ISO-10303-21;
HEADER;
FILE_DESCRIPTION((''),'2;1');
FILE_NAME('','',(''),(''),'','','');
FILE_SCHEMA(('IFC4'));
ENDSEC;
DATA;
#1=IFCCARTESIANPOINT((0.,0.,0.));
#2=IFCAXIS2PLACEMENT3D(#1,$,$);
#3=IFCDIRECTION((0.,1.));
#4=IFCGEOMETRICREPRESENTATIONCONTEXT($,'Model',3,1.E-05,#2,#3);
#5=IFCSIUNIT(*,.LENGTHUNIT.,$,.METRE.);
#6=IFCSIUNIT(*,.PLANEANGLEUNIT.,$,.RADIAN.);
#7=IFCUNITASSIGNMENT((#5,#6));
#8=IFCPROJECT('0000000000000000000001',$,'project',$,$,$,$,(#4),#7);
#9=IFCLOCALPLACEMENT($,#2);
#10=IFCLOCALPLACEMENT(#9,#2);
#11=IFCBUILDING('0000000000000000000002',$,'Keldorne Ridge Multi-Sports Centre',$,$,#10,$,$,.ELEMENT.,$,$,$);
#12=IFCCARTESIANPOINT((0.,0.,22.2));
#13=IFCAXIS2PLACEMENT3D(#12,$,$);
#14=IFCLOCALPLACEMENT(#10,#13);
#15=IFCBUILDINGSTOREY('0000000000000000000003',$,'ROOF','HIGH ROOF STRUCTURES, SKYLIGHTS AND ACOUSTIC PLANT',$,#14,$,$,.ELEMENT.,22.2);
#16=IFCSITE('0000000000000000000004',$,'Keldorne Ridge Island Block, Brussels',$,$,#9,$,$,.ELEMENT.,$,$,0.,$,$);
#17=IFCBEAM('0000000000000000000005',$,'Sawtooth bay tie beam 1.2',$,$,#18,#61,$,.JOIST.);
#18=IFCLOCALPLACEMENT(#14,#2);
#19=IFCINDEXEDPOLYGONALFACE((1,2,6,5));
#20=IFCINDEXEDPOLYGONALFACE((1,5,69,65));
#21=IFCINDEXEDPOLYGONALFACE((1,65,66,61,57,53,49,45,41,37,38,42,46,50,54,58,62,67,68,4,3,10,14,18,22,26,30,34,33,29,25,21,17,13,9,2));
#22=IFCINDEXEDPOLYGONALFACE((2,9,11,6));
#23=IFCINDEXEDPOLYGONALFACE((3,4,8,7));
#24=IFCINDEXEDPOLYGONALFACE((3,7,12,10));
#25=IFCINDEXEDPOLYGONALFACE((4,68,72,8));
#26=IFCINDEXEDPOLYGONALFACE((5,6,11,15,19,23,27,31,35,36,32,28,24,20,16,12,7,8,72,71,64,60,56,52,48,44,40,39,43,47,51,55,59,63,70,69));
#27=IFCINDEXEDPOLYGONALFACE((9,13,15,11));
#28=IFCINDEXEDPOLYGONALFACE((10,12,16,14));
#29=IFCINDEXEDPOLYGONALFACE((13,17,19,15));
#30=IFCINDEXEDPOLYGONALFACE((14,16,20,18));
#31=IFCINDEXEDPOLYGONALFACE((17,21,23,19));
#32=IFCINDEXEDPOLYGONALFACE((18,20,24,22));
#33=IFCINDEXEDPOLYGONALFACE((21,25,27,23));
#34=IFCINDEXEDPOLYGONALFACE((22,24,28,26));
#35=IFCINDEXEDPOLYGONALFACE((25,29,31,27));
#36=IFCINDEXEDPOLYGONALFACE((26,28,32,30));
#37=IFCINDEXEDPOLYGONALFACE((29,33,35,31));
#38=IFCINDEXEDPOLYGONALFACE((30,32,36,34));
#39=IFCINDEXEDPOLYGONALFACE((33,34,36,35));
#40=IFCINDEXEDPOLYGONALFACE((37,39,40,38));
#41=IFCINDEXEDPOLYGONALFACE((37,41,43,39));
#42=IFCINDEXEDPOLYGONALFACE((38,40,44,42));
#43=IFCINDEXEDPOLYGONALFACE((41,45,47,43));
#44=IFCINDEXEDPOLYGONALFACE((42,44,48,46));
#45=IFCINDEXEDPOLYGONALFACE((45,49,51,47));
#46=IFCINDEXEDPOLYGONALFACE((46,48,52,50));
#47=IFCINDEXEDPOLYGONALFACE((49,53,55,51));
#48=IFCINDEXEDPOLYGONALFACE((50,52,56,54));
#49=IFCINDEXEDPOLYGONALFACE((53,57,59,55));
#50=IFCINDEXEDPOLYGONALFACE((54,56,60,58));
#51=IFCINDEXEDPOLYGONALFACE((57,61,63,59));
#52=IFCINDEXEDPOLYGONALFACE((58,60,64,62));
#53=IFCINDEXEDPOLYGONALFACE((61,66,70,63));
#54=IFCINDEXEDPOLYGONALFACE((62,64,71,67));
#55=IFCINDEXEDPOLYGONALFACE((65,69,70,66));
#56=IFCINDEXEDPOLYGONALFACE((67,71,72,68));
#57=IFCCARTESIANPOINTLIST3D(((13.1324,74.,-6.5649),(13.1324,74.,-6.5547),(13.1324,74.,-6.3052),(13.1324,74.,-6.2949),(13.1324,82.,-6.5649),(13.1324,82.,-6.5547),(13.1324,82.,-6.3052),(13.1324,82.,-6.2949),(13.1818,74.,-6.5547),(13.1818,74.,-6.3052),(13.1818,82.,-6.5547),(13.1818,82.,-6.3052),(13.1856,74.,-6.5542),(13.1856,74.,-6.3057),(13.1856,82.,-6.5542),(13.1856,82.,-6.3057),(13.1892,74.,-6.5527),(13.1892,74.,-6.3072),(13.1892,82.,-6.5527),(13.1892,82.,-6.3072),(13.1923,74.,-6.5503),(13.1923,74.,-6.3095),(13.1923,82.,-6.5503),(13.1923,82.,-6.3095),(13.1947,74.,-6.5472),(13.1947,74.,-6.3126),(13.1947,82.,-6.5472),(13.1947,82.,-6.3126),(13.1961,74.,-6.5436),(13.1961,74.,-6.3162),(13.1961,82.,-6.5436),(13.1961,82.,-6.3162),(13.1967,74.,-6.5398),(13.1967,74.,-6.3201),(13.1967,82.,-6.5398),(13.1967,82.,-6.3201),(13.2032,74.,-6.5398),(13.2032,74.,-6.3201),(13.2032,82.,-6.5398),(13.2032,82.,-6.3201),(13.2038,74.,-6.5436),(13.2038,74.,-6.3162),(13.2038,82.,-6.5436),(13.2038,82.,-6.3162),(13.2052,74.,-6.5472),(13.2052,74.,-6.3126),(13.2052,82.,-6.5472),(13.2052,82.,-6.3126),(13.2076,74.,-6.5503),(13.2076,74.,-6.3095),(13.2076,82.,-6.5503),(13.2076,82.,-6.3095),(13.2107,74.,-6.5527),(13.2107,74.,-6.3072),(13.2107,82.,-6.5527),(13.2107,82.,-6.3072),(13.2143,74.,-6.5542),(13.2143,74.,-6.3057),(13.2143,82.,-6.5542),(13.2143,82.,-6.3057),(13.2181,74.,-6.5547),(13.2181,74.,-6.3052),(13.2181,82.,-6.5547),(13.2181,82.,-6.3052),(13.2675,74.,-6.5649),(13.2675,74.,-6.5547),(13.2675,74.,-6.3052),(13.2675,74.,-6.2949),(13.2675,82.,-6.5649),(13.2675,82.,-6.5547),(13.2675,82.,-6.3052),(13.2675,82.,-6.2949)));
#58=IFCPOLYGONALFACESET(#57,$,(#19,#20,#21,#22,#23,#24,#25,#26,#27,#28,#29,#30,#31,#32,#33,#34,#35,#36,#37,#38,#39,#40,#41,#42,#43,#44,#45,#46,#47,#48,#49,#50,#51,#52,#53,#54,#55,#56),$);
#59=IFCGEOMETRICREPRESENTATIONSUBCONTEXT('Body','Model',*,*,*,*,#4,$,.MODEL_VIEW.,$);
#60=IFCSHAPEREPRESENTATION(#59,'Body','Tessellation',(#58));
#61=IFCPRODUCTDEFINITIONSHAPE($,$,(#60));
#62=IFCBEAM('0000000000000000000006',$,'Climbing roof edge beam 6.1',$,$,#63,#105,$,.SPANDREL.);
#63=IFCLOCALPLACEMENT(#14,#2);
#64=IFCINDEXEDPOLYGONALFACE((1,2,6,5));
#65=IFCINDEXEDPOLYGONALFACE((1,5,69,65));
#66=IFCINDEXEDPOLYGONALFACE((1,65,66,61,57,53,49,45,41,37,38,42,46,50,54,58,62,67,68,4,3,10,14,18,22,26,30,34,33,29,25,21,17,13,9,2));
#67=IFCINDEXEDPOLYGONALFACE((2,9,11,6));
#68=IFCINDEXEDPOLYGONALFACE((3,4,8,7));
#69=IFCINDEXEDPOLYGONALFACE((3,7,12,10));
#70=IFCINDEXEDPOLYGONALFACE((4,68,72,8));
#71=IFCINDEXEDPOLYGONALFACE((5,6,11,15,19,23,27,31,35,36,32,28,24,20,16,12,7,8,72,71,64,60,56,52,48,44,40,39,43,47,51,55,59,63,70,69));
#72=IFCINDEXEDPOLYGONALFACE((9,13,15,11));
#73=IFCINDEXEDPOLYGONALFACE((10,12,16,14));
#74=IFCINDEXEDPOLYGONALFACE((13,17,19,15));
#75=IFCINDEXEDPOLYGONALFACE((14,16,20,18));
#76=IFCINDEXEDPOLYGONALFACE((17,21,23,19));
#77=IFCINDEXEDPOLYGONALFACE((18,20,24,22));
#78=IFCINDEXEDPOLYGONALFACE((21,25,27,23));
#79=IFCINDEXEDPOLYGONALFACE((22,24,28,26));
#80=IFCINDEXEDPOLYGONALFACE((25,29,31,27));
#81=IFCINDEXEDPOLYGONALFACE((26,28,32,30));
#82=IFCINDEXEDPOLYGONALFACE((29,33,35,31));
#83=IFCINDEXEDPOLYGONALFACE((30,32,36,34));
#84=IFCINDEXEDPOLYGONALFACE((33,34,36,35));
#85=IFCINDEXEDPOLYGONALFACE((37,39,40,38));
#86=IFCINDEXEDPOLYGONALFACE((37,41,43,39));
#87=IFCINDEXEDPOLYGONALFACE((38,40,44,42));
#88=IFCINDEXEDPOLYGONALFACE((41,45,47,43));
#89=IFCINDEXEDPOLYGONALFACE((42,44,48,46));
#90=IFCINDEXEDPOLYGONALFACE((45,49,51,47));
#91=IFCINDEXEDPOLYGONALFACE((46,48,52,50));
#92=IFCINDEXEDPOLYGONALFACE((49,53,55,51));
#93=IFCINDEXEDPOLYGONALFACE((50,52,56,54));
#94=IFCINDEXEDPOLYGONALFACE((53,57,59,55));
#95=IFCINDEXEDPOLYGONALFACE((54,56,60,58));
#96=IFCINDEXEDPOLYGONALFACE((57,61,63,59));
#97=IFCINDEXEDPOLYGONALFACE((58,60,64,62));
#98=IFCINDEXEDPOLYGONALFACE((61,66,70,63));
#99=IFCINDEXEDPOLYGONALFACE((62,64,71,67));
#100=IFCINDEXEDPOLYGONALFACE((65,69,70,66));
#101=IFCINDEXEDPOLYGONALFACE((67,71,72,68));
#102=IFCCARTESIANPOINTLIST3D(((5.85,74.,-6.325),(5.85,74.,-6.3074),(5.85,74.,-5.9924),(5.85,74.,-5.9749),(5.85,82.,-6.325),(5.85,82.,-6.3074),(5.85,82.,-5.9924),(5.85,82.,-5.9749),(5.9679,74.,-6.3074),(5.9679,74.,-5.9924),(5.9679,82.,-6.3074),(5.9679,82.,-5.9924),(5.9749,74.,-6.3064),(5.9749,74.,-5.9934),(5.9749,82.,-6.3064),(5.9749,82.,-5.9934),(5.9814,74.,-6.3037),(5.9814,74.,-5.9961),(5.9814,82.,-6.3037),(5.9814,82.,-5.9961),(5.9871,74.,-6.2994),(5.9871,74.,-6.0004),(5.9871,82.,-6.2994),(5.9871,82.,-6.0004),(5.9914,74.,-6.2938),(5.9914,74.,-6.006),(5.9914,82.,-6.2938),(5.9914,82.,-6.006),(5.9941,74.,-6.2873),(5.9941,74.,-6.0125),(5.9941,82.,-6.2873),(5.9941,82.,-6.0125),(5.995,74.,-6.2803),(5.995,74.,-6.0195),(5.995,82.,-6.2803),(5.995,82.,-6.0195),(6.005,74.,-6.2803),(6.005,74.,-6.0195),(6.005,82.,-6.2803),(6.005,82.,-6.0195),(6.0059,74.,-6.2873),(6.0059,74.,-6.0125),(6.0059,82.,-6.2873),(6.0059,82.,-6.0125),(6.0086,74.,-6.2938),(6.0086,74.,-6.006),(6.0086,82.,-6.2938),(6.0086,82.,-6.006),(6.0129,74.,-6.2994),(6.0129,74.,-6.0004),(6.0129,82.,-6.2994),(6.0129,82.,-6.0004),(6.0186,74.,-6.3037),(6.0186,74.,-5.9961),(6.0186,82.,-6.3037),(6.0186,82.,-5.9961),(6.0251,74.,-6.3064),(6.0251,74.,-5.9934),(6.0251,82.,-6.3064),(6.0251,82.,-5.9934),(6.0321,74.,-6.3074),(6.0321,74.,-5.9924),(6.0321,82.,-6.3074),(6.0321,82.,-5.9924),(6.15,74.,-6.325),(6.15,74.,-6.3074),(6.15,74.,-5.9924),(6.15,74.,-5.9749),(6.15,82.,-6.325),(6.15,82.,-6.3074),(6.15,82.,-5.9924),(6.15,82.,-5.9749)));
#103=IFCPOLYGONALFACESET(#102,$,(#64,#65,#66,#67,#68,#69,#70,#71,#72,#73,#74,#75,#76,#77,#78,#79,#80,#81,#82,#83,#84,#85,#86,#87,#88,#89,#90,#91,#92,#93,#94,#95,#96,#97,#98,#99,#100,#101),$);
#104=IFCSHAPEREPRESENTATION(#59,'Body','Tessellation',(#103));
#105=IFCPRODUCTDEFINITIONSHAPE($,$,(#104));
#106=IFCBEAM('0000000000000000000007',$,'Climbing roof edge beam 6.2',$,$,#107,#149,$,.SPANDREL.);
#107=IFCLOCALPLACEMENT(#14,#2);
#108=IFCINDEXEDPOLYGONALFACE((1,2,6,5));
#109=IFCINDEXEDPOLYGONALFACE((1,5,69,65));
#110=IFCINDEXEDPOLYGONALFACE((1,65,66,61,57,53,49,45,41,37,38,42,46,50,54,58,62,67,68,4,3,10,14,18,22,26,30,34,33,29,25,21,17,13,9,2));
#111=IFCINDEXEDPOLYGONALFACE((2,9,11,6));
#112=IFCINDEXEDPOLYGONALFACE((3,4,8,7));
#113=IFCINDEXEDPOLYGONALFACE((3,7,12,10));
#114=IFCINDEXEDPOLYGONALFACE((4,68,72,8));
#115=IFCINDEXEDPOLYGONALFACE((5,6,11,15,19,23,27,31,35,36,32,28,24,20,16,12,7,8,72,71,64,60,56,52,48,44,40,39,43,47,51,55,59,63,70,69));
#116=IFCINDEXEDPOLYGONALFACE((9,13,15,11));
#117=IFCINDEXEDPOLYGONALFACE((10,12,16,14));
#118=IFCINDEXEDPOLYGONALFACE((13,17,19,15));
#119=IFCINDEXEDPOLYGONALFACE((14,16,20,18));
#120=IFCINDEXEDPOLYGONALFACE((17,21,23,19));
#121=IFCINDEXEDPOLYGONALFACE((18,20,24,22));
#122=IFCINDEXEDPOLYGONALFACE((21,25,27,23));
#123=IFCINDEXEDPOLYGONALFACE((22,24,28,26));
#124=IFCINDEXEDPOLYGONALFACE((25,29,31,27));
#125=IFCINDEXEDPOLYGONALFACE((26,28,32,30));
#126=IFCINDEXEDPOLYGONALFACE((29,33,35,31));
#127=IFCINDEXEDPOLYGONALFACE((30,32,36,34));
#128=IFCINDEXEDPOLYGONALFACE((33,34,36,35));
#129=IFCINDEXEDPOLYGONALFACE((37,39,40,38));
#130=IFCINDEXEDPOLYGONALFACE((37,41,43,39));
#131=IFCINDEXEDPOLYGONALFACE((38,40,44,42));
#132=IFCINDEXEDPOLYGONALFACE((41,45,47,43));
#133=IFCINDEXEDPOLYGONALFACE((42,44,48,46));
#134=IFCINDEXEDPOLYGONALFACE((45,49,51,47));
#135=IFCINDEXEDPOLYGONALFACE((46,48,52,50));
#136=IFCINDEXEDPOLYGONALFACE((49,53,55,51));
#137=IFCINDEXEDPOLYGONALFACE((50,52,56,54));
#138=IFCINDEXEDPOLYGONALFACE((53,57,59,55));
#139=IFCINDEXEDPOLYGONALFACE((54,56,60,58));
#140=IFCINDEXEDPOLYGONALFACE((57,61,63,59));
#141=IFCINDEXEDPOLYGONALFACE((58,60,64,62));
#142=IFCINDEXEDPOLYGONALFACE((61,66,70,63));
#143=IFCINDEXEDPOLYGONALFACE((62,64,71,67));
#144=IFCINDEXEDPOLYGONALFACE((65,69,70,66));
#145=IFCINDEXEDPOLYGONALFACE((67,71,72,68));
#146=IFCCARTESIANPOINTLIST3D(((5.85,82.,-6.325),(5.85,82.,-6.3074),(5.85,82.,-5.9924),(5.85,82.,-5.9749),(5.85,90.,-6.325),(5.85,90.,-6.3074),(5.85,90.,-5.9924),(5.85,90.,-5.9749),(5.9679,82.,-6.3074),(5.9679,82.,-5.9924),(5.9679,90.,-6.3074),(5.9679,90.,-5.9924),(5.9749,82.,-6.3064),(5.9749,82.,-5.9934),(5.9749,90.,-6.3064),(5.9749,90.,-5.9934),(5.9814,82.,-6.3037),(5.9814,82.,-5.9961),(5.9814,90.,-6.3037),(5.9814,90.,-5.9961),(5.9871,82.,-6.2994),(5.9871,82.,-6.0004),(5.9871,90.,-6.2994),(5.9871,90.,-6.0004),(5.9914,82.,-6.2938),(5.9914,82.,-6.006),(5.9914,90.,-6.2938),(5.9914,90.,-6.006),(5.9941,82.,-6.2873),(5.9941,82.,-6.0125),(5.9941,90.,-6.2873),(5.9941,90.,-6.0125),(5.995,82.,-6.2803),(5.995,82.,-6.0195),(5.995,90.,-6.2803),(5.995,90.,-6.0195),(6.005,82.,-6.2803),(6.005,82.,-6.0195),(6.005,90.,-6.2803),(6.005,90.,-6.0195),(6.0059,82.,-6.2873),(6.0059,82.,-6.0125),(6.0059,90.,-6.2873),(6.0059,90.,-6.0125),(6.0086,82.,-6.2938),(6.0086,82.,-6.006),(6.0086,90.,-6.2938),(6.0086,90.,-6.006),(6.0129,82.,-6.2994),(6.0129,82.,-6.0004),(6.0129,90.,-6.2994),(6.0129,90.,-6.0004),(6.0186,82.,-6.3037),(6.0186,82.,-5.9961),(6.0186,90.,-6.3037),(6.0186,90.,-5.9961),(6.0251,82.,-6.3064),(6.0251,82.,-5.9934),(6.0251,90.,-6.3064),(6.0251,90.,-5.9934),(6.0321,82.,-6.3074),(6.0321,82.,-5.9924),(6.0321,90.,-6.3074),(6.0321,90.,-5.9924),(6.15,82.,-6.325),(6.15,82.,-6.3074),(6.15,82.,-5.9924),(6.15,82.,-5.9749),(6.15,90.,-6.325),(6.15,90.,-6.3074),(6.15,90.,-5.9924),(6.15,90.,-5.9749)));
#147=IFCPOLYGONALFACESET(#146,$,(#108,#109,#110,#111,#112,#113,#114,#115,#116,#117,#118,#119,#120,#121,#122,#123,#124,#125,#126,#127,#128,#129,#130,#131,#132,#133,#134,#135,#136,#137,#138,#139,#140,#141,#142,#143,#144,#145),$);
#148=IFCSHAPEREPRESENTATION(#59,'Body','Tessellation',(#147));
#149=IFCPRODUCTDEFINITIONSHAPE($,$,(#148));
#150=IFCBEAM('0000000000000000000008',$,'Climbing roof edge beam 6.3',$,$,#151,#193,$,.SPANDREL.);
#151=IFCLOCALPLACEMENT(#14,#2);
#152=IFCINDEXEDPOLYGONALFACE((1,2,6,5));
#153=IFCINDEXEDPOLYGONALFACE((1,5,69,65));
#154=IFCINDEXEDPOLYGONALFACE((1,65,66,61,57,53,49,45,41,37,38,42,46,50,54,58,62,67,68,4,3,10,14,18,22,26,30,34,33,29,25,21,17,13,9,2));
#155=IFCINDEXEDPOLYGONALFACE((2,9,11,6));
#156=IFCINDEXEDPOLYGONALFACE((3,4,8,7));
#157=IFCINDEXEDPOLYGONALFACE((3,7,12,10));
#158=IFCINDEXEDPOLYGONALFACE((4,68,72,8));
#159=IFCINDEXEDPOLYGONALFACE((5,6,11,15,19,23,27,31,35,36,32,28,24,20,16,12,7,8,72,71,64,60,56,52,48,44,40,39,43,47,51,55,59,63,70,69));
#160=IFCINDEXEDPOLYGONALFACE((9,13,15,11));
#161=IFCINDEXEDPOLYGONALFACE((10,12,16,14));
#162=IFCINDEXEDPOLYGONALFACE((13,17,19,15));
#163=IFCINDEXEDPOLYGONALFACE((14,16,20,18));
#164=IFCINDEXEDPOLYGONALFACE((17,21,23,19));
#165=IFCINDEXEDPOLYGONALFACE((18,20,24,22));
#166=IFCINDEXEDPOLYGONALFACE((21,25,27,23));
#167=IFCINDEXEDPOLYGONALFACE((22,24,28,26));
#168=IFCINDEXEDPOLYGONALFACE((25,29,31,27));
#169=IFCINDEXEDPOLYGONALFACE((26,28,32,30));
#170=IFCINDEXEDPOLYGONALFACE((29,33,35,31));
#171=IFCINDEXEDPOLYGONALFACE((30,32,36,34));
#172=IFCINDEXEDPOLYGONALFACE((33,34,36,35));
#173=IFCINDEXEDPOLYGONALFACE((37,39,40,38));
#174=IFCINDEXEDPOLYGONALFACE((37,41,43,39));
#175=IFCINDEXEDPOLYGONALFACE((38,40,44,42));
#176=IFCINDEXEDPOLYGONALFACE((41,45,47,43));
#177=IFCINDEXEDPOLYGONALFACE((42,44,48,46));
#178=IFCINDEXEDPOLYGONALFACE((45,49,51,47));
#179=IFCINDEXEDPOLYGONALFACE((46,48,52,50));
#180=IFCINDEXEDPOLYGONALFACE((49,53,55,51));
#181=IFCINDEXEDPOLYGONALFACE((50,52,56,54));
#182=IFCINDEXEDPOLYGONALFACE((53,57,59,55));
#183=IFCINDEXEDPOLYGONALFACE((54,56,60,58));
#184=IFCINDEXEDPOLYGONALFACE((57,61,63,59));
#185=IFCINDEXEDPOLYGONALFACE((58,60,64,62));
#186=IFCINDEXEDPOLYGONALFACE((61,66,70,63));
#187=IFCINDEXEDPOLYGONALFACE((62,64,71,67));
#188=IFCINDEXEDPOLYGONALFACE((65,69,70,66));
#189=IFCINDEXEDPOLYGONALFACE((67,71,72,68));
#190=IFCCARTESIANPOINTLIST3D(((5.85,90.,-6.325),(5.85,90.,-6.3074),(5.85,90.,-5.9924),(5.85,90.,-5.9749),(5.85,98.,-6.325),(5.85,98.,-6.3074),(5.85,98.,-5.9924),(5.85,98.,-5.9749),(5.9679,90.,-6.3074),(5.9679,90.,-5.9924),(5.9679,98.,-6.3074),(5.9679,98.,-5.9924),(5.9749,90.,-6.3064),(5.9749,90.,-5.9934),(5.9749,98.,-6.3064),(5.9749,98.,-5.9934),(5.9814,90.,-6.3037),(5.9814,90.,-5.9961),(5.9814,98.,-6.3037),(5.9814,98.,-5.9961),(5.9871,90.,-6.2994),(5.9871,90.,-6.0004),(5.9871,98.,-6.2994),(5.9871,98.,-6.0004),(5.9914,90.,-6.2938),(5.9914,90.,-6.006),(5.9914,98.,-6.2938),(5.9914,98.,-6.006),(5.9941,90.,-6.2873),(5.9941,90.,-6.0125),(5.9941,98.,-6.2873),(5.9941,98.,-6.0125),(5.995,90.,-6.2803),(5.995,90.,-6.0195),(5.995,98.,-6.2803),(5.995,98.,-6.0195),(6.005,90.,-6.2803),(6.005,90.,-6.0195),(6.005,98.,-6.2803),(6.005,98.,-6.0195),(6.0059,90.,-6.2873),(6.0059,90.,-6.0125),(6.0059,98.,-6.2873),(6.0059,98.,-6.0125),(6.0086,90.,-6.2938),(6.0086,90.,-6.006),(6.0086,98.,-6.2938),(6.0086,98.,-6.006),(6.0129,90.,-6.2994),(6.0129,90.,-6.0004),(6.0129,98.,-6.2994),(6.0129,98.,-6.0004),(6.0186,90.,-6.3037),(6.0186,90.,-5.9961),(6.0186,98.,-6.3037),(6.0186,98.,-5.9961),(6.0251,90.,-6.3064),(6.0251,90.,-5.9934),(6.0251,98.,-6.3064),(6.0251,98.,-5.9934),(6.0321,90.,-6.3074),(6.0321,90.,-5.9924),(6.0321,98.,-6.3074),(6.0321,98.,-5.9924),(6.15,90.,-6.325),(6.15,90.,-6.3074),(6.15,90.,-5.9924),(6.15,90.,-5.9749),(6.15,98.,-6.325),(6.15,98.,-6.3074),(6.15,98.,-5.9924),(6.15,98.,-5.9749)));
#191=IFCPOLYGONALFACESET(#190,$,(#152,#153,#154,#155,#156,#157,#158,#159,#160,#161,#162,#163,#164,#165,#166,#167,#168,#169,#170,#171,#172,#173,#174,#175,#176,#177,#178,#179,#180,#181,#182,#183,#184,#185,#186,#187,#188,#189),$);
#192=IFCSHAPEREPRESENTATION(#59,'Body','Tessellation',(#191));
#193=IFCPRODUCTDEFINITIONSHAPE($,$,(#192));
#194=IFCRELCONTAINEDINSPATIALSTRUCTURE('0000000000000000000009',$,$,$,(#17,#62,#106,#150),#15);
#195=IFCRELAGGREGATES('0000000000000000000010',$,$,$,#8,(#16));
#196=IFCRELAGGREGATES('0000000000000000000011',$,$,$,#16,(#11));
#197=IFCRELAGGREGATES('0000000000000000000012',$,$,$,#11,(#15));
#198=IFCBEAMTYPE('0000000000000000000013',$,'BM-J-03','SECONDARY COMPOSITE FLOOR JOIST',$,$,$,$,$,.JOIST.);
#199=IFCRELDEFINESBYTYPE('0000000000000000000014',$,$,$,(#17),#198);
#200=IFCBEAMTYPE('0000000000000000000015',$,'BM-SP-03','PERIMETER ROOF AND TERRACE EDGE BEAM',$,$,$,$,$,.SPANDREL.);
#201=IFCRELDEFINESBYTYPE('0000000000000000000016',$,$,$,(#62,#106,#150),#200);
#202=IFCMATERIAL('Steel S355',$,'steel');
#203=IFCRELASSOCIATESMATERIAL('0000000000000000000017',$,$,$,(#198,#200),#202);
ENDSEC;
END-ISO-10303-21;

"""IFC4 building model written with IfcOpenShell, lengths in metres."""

from ifc_helpers import new_model, si_unit, direction, frame, origin, origin_2d, place, context, subcontext, project, spatial, i_section, extrude, material, material_profile, profile_set, type_object, element, save


model = new_model("IFC4")

# Units and contexts
model_context = context("Model", 3, precision=1e-05, world=origin(), true_north=direction((0.0, 1.0)))
body_context = subcontext(model_context, "Body", "Model", "MODEL_VIEW")
ifc_project = project(units=[si_unit("LENGTHUNIT", "METRE"), si_unit("PLANEANGLEUNIT", "RADIAN")], contexts=[model_context])

# Site, building, storey
site_placement = place(None, origin())
site = spatial("IfcSite", under=ifc_project, at=site_placement, Name="Keldorne Ridge Island Block, Brussels", CompositionType="ELEMENT", RefElevation=0.0)
building_placement = place(site_placement, origin())
building = spatial("IfcBuilding", under=site, at=building_placement, Name="Keldorne Ridge Multi-Sports Centre", CompositionType="ELEMENT")
storey_placement = place(building_placement, frame((0.0, 0.0, 22.2)))
storey = spatial("IfcBuildingStorey", under=building, at=storey_placement, Name="ROOF", Description="HIGH ROOF STRUCTURES, SKYLIGHTS AND ACOUSTIC PLANT", CompositionType="ELEMENT", Elevation=22.2)

# Beams
ifc_material_1 = material(Name="Steel S355", Category="steel")
ifc_material_profile_1 = material_profile(ifc_material_1, i_section(OverallWidth=0.135, OverallDepth=0.27, WebThickness=0.0066, FlangeThickness=0.0103, FilletRadius=0.0149, at=origin_2d()), Name="IPE 270")
ifc_profile_set_1 = profile_set([ifc_material_profile_1], Name="Steel S355")
beam_type_1 = type_object("IfcBeamType", Name="BM-J-03", Description="SECONDARY COMPOSITE FLOOR JOIST", PredefinedType="JOIST", material=ifc_profile_set_1)
beam_placement = place(storey_placement, frame((13.2, 74.0, -6.4299), z_axis=(0.0, 1.0, 0.0), x_axis=(-1.0, 0.0, 0.0)))
element("IfcBeam", 1, at=beam_placement, inside=storey, type_object=beam_type_1, Name="Sawtooth bay tie beam 1.2", PredefinedType="JOIST", context=body_context, shape_type="SweptSolid", body=[
    extrude(i_section(OverallWidth=0.135, OverallDepth=0.27, WebThickness=0.0066, FlangeThickness=0.0103, FilletRadius=0.0149, at=origin_2d()), origin(), (0.0, 0.0, 1.0), 8.0),
])
ifc_material_profile_2 = material_profile(ifc_material_1, i_section(OverallWidth=0.3, OverallDepth=0.3501, WebThickness=0.01, FlangeThickness=0.0176, FilletRadius=0.0271, at=origin_2d()), Name="HEA 360")
ifc_profile_set_2 = profile_set([ifc_material_profile_2], Name="Steel S355")
beam_type_2 = type_object("IfcBeamType", Name="BM-SP-03", Description="PERIMETER ROOF AND TERRACE EDGE BEAM", PredefinedType="SPANDREL", material=ifc_profile_set_2)
for number, where, z_axis, x_axis, name in (
    (2, (6.0, 74.0, -6.1499), (0.0, 1.0, 0.0), (-1.0, 0.0, 0.0), "Climbing roof edge beam 6.1"),
    (3, (6.0, 82.0, -6.1499), (0.0, 1.0, 0.0), (-1.0, 0.0, 0.0), "Climbing roof edge beam 6.2"),
    (4, (6.0, 90.0, -6.1499), (0.0, 1.0, 0.0), (-1.0, 0.0, 0.0), "Climbing roof edge beam 6.3"),
):
    element("IfcBeam", number, at=place(storey_placement, frame(where, z_axis=z_axis, x_axis=x_axis)), inside=storey, type_object=beam_type_2, Name=name, PredefinedType="SPANDREL", context=body_context, shape_type="SweptSolid", body=[
        extrude(i_section(OverallWidth=0.3, OverallDepth=0.3501, WebThickness=0.01, FlangeThickness=0.0176, FilletRadius=0.0271, at=origin_2d()), origin(), (0.0, 0.0, 1.0), 8.0),
    ])

save(model, "model.ifc")
